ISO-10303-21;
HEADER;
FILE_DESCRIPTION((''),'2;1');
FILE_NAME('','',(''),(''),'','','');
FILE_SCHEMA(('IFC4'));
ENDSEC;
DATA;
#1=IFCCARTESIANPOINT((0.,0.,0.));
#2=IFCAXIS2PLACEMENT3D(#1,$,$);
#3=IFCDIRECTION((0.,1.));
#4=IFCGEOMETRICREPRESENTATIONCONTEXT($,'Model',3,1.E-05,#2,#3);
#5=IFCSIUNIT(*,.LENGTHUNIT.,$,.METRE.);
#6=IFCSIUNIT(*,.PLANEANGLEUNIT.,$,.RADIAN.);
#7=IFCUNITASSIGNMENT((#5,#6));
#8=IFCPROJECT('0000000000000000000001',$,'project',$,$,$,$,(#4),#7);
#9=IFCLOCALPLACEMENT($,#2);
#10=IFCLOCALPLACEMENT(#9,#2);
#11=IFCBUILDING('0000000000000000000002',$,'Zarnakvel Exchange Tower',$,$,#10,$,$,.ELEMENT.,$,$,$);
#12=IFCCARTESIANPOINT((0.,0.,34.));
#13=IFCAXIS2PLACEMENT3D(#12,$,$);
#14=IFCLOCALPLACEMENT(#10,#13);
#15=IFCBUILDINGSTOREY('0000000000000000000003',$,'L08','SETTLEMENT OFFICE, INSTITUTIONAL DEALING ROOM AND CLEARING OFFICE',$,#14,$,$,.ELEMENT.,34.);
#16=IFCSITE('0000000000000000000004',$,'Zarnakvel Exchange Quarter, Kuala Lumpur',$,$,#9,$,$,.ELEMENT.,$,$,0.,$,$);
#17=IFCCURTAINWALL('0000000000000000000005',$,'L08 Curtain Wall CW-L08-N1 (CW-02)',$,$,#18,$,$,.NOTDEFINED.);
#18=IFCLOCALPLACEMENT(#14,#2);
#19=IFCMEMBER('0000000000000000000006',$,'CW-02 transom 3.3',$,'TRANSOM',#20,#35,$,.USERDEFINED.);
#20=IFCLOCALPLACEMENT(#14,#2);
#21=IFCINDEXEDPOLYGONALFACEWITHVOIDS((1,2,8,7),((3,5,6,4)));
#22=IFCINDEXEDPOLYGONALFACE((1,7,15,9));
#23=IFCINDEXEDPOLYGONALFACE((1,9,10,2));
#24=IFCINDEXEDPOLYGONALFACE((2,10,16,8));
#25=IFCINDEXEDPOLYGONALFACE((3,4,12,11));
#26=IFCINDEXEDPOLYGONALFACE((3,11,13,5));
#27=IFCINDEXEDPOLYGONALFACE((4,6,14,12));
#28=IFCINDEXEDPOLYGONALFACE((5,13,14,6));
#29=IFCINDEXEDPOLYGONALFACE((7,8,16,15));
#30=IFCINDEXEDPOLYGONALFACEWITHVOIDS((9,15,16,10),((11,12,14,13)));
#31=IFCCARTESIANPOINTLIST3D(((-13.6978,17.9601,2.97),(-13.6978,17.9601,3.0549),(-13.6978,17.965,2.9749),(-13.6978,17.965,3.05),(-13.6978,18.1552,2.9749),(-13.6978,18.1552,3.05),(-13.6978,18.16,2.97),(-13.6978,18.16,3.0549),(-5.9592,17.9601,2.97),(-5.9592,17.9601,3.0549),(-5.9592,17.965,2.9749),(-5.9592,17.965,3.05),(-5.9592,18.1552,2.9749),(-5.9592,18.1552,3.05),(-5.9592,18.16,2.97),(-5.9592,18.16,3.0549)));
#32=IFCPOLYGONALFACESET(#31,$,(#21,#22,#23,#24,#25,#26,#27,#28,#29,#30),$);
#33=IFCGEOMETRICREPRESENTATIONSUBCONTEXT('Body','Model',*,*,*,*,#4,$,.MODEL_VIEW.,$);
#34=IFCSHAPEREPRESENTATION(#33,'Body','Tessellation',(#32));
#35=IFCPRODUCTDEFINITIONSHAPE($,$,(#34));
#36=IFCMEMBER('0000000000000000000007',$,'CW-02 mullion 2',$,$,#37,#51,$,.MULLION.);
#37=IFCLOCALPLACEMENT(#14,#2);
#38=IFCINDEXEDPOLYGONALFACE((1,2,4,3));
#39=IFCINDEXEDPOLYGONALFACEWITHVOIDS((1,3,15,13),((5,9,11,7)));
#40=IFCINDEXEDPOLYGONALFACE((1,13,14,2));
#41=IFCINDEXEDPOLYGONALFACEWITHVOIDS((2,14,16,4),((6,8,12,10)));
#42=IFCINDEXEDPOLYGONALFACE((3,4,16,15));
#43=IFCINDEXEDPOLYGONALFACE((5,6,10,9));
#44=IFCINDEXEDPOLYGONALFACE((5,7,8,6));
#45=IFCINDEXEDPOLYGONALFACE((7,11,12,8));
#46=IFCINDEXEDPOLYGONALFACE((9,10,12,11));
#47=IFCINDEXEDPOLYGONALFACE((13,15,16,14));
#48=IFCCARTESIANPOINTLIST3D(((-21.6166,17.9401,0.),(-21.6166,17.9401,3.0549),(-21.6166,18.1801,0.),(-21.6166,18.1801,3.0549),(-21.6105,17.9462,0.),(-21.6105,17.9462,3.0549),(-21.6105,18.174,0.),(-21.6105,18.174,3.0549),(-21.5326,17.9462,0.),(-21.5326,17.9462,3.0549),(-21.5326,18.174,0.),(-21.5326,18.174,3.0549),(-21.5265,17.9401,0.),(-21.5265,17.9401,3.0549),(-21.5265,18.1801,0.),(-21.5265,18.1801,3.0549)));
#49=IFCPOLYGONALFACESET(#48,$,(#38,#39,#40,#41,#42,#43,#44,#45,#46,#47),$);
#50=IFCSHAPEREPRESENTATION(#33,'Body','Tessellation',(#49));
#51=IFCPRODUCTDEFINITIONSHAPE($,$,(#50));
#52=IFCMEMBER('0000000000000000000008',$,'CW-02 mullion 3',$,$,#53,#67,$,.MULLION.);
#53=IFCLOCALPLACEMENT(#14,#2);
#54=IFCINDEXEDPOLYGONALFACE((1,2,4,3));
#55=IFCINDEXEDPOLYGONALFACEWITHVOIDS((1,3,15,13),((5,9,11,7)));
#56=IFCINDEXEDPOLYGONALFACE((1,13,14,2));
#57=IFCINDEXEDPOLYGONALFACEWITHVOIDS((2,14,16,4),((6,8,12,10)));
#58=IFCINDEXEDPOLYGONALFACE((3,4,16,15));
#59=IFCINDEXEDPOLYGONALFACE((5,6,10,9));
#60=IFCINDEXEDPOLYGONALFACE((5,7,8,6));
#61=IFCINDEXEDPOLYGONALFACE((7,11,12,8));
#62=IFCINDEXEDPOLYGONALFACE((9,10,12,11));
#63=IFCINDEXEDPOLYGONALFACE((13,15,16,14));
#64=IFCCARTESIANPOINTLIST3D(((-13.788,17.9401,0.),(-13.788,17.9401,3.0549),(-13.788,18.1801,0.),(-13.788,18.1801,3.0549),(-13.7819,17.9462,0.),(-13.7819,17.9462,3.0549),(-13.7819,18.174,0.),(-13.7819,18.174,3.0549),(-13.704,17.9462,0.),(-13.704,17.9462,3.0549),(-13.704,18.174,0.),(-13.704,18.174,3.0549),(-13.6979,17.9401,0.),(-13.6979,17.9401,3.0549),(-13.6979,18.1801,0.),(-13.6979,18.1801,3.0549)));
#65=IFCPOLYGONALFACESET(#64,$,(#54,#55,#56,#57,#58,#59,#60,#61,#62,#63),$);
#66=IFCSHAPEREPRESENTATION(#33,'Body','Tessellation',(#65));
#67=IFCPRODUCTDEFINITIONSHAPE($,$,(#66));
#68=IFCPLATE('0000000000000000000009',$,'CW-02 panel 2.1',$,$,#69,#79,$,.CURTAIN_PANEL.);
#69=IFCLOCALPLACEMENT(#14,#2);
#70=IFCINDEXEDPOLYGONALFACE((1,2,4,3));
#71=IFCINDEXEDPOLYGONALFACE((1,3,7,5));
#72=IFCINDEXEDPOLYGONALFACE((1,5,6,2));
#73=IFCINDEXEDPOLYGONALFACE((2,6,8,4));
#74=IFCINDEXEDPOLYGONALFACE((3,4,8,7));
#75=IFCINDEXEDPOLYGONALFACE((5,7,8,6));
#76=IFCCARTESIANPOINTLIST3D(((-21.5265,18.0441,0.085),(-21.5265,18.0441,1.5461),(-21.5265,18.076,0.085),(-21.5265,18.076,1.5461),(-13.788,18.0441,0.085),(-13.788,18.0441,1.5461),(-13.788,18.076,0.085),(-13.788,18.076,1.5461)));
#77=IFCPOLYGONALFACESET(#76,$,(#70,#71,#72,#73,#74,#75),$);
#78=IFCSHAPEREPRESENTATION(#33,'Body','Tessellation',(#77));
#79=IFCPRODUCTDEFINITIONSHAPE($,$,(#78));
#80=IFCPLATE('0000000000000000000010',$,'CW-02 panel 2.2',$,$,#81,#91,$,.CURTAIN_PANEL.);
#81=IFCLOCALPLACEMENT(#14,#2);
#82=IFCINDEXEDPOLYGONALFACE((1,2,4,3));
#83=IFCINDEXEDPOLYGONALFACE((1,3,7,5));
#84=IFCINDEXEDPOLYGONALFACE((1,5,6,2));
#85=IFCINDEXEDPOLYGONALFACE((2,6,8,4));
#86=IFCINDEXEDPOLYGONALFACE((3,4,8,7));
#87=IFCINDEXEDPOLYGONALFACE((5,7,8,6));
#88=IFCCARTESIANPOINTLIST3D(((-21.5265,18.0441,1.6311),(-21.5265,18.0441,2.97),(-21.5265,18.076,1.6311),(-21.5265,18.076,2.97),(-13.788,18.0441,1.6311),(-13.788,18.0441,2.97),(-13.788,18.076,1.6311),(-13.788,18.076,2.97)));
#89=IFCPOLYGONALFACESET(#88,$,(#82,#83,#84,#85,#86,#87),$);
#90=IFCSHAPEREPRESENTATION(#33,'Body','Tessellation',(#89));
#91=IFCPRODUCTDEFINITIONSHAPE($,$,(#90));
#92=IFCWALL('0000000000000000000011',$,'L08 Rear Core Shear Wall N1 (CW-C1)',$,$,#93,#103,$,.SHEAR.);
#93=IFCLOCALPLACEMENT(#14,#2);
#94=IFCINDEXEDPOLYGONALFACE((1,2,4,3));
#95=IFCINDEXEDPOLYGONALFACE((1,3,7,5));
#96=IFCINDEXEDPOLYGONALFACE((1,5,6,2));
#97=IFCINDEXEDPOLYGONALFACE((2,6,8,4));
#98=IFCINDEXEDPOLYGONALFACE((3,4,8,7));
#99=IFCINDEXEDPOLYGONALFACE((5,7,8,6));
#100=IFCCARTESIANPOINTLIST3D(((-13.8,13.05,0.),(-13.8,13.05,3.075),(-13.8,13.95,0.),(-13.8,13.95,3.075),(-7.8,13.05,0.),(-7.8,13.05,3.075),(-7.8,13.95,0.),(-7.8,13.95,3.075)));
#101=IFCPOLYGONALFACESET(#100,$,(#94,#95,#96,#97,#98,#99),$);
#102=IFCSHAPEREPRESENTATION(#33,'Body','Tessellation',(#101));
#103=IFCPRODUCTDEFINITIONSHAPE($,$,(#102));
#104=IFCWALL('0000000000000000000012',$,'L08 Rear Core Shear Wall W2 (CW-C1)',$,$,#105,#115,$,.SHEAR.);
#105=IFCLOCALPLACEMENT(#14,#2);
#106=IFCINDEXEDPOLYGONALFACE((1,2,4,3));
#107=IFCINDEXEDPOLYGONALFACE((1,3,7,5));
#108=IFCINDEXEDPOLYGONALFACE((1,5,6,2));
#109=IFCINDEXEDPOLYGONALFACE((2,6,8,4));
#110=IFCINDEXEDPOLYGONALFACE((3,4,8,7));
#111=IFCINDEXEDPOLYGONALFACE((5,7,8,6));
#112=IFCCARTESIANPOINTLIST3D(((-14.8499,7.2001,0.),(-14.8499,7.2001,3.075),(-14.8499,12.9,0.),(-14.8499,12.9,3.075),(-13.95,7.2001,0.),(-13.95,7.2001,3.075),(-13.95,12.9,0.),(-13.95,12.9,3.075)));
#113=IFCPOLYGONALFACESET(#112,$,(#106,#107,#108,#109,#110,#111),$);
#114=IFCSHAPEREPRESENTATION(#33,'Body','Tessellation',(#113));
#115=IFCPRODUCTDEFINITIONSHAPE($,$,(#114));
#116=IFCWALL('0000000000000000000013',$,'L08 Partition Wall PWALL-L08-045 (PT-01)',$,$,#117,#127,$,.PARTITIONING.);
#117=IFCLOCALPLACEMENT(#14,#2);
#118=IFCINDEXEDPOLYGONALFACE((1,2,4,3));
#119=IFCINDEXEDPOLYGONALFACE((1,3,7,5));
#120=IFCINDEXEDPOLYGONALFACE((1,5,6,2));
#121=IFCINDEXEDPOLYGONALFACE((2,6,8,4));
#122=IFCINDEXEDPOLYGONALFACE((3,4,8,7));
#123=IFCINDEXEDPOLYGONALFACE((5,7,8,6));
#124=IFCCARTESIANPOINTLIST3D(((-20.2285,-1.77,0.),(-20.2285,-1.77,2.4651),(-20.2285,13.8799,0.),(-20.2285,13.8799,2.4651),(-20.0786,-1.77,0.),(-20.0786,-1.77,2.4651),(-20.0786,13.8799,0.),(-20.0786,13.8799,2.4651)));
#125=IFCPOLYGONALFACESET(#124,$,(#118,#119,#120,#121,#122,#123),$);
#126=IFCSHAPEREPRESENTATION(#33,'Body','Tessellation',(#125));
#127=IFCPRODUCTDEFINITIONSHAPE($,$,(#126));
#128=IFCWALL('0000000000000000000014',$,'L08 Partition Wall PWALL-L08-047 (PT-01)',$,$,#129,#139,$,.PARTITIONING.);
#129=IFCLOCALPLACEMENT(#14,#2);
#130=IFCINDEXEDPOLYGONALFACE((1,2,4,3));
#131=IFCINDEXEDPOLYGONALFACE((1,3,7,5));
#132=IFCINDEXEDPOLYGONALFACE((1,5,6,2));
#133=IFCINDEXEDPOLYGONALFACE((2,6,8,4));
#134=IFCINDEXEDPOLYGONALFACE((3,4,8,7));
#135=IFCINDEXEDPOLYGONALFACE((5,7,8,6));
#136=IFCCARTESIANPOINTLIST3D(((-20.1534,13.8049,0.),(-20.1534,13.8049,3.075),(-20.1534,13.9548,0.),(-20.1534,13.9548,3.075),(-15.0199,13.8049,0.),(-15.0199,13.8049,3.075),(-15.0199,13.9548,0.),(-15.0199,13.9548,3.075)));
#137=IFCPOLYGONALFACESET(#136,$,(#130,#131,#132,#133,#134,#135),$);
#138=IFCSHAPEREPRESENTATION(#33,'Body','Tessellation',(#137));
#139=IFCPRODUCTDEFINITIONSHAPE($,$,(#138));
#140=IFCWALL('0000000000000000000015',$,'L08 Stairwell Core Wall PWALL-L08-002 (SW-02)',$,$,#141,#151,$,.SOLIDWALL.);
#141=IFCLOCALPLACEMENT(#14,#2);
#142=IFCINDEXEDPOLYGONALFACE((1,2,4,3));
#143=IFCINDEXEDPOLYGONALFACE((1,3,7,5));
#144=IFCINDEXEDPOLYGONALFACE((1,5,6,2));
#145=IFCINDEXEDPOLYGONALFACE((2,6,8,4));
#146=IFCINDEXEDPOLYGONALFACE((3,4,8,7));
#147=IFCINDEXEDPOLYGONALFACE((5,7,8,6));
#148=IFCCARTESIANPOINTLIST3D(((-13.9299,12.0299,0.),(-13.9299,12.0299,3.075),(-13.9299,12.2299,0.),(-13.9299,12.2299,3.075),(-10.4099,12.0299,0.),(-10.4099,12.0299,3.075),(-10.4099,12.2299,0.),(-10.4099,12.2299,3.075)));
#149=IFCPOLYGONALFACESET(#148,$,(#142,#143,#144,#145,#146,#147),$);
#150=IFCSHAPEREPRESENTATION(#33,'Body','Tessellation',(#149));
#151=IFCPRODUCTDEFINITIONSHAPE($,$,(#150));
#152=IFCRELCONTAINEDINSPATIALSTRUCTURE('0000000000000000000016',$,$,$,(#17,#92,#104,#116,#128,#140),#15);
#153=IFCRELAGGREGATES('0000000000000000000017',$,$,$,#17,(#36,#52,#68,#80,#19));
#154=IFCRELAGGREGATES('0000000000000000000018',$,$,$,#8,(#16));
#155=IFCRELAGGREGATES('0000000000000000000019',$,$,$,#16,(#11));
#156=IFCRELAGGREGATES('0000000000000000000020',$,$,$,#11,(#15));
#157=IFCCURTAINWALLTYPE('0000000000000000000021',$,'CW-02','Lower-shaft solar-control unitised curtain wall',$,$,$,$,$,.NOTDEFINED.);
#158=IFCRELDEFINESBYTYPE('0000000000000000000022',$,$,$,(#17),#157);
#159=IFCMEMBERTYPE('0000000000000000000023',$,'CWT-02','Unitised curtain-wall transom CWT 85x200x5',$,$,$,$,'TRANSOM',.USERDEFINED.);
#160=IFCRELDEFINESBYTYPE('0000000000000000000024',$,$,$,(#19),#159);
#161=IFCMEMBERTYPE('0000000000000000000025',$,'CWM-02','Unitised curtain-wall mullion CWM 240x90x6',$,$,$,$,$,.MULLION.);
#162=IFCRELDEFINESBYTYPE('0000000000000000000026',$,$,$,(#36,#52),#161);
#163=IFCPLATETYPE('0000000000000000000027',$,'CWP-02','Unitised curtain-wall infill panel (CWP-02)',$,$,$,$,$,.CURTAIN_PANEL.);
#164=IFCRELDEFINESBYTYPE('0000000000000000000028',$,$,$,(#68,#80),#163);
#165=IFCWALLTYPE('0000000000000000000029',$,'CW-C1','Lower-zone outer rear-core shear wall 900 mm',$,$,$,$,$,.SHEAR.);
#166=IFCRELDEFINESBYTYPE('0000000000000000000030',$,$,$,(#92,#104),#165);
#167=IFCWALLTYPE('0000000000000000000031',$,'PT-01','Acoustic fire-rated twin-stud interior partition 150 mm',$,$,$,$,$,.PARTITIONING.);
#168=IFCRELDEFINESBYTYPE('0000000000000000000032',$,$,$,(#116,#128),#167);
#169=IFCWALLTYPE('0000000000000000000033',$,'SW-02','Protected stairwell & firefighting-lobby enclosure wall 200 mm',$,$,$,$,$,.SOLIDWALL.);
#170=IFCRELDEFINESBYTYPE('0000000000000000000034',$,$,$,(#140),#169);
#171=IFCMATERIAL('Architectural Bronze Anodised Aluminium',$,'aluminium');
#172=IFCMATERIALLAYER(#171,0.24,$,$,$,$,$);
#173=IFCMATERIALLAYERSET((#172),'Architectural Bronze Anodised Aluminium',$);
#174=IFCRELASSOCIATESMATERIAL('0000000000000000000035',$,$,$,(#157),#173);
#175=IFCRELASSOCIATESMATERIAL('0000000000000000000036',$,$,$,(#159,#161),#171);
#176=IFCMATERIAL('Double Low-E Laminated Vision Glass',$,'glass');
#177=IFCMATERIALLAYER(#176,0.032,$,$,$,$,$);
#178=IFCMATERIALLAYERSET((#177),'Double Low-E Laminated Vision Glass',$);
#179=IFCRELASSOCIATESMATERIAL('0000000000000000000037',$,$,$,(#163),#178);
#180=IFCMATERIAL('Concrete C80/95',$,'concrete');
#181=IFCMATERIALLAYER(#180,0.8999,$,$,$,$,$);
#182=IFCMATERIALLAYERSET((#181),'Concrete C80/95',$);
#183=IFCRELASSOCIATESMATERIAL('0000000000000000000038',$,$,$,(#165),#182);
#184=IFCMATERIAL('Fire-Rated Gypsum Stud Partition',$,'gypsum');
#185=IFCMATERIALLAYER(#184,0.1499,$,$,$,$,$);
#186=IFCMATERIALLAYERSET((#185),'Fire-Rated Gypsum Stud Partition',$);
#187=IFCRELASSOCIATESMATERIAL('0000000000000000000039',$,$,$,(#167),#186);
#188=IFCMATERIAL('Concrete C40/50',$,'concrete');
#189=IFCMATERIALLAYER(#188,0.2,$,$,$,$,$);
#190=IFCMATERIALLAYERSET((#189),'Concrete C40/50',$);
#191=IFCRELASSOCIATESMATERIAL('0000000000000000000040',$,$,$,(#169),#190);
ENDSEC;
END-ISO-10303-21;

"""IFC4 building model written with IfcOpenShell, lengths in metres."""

from ifc_helpers import new_model, si_unit, direction, frame, frame_2d, origin, origin_2d, place, context, subcontext, project, spatial, rectangle, hollow_rectangle, extrude, source, transform, mapped, material, layer, layer_set, material_profile, profile_set, type_object, element, aggregate, save


model = new_model("IFC4")

# Units and contexts
model_context = context("Model", 3, precision=1e-05, world=origin(), true_north=direction((0.0, 1.0)))
body_context = subcontext(model_context, "Body", "Model", "MODEL_VIEW")
ifc_project = project(units=[si_unit("LENGTHUNIT", "METRE"), si_unit("PLANEANGLEUNIT", "RADIAN")], contexts=[model_context])

# Site, building, storey
site_placement = place(None, origin())
site = spatial("IfcSite", under=ifc_project, at=site_placement, Name="Zarnakvel Exchange Quarter, Kuala Lumpur", CompositionType="ELEMENT", RefElevation=0.0)
building_placement = place(site_placement, origin())
building = spatial("IfcBuilding", under=site, at=building_placement, Name="Zarnakvel Exchange Tower", CompositionType="ELEMENT")
storey_placement = place(building_placement, frame((0.0, 0.0, 34.0)))
storey = spatial("IfcBuildingStorey", under=building, at=storey_placement, Name="L08", Description="SETTLEMENT OFFICE, INSTITUTIONAL DEALING ROOM AND CLEARING OFFICE", CompositionType="ELEMENT", Elevation=34.0)

# Shared definitions
ifc_material_1 = material(Name="Concrete C80/95", Category="concrete")

# Curtain wall, members, plates
ifc_material_2 = material(Name="Architectural Bronze Anodised Aluminium", Category="aluminium")
ifc_layer_1 = layer(ifc_material_2, 0.24)
ifc_layer_set_1 = layer_set([ifc_layer_1], Name="Architectural Bronze Anodised Aluminium")
curtain_wall_type = type_object("IfcCurtainWallType", Name="CW-02", Description="Lower-shaft solar-control unitised curtain wall", PredefinedType="NOTDEFINED", material=ifc_layer_set_1)
curtain_wall_placement = place(storey_placement, origin())
curtain_wall = element("IfcCurtainWall", 1, at=curtain_wall_placement, inside=storey, type_object=curtain_wall_type, Name="L08 Curtain Wall CW-L08-N1 (CW-02)", PredefinedType="NOTDEFINED")
ifc_material_profile_1 = material_profile(ifc_material_2, hollow_rectangle(XDim=0.2, YDim=0.085, WallThickness=0.0049, at=origin_2d()))
ifc_profile_set_1 = profile_set([ifc_material_profile_1], Name="Architectural Bronze Anodised Aluminium")
member_type_1 = type_object("IfcMemberType", Name="CWT-02", Description="Unitised curtain-wall transom CWT 85x200x5", ElementType="TRANSOM", PredefinedType="USERDEFINED", material=ifc_profile_set_1)
shared_shape_1 = source(origin(), body_context, "Body", "SweptSolid", [
    extrude(hollow_rectangle(XDim=0.2, YDim=0.085, WallThickness=0.0049, at=origin_2d()), origin(), (0.0, 0.0, 1.0), 7.7385),
])
member_1_placement = place(storey_placement, frame((-13.6978, 18.0601, 3.0125), z_axis=(1.0, 0.0, 0.0), x_axis=(0.0, 1.0, 0.0)))
member_1 = element("IfcMember", 2, at=member_1_placement, type_object=member_type_1, Name="CW-02 transom 3.3", ObjectType="TRANSOM", PredefinedType="USERDEFINED", context=body_context, shape_type="MappedRepresentation", body=[
    mapped(shared_shape_1, transform((0.0, 0.0, 0.0), x_axis=(1.0, 0.0, 0.0), y_axis=(0.0, 1.0, 0.0), z_axis=(0.0, 0.0, 1.0), scale=1.0)),
])
ifc_material_profile_2 = material_profile(ifc_material_2, hollow_rectangle(XDim=0.24, YDim=0.0901, WallThickness=0.0061, at=origin_2d()))
ifc_profile_set_2 = profile_set([ifc_material_profile_2], Name="Architectural Bronze Anodised Aluminium")
member_type_2 = type_object("IfcMemberType", Name="CWM-02", Description="Unitised curtain-wall mullion CWM 240x90x6", PredefinedType="MULLION", material=ifc_profile_set_2)
shared_shape_2 = source(origin(), body_context, "Body", "SweptSolid", [
    extrude(hollow_rectangle(XDim=0.24, YDim=0.0901, WallThickness=0.0061, at=origin_2d()), origin(), (0.0, 0.0, 1.0), 3.0549),
])
member_2_placement = place(storey_placement, frame((-21.5715, 18.0601, 0.0), z_axis=(0.0, 0.0, 1.0), x_axis=(0.0, 1.0, 0.0)))
member_2 = element("IfcMember", 3, at=member_2_placement, type_object=member_type_2, Name="CW-02 mullion 2", PredefinedType="MULLION", context=body_context, shape_type="MappedRepresentation", body=[
    mapped(shared_shape_2, transform((0.0, 0.0, 0.0), x_axis=(1.0, 0.0, 0.0), y_axis=(0.0, 1.0, 0.0), z_axis=(0.0, 0.0, 1.0), scale=1.0)),
])
member_3_placement = place(storey_placement, frame((-13.7429, 18.0601, 0.0), z_axis=(0.0, 0.0, 1.0), x_axis=(0.0, 1.0, 0.0)))
member_3 = element("IfcMember", 4, at=member_3_placement, type_object=member_type_2, Name="CW-02 mullion 3", PredefinedType="MULLION", context=body_context, shape_type="MappedRepresentation", body=[
    mapped(shared_shape_2, transform((0.0, 0.0, 0.0), x_axis=(1.0, 0.0, 0.0), y_axis=(0.0, 1.0, 0.0), z_axis=(0.0, 0.0, 1.0), scale=1.0)),
])
ifc_material_3 = material(Name="Double Low-E Laminated Vision Glass", Category="glass")
ifc_layer_2 = layer(ifc_material_3, 0.032)
ifc_layer_set_2 = layer_set([ifc_layer_2], Name="Double Low-E Laminated Vision Glass")
plate_type = type_object("IfcPlateType", Name="CWP-02", Description="Unitised curtain-wall infill panel (CWP-02)", PredefinedType="CURTAIN_PANEL", material=ifc_layer_set_2)
shared_shape_3 = source(origin(), body_context, "Body", "SweptSolid", [
    extrude(rectangle(XDim=7.7385, YDim=0.032, at=origin_2d()), origin(), (0.0, 0.0, 1.0), 1.4612),
])
plate_1_placement = place(storey_placement, frame((-17.6572, 18.0601, 0.085), z_axis=(0.0, 0.0, 1.0), x_axis=(1.0, 0.0, 0.0)))
plate_1 = element("IfcPlate", 5, at=plate_1_placement, type_object=plate_type, Name="CW-02 panel 2.1", PredefinedType="CURTAIN_PANEL", context=body_context, shape_type="MappedRepresentation", body=[
    mapped(shared_shape_3, transform((0.0, 0.0, 0.0), x_axis=(1.0, 0.0, 0.0), y_axis=(0.0, 1.0, 0.0), z_axis=(0.0, 0.0, 1.0), scale=1.0)),
])
shared_shape_4 = source(origin(), body_context, "Body", "SweptSolid", [
    extrude(rectangle(XDim=7.7385, YDim=0.032, at=origin_2d()), origin(), (0.0, 0.0, 1.0), 1.3389),
])
plate_2_placement = place(storey_placement, frame((-17.6572, 18.0601, 1.6311), z_axis=(0.0, 0.0, 1.0), x_axis=(1.0, 0.0, 0.0)))
plate_2 = element("IfcPlate", 6, at=plate_2_placement, type_object=plate_type, Name="CW-02 panel 2.2", PredefinedType="CURTAIN_PANEL", context=body_context, shape_type="MappedRepresentation", body=[
    mapped(shared_shape_4, transform((0.0, 0.0, 0.0), x_axis=(1.0, 0.0, 0.0), y_axis=(0.0, 1.0, 0.0), z_axis=(0.0, 0.0, 1.0), scale=1.0)),
])
aggregate(curtain_wall, [member_2, member_3, plate_1, plate_2, member_1])

# Walls
ifc_layer_3 = layer(ifc_material_1, 0.8999)
ifc_layer_set_3 = layer_set([ifc_layer_3], Name="Concrete C80/95")
wall_type_1 = type_object("IfcWallType", Name="CW-C1", Description="Lower-zone outer rear-core shear wall 900 mm", PredefinedType="SHEAR", material=ifc_layer_set_3)
wall_1_placement = place(storey_placement, frame((-13.8, 13.5, 0.0), z_axis=(0.0, 0.0, 1.0), x_axis=(1.0, 0.0, 0.0)))
element("IfcWall", 7, at=wall_1_placement, inside=storey, type_object=wall_type_1, Name="L08 Rear Core Shear Wall N1 (CW-C1)", PredefinedType="SHEAR", context=body_context, shape_type="SweptSolid", body=[
    extrude(rectangle(XDim=6.0, YDim=0.8999, at=frame_2d((3.0, 0.0))), origin(), (0.0, 0.0, 1.0), 3.075),
])
wall_2_placement = place(storey_placement, frame((-14.3999, 7.2, 0.0), z_axis=(0.0, 0.0, 1.0), x_axis=(0.0, 1.0, 0.0)))
element("IfcWall", 8, at=wall_2_placement, inside=storey, type_object=wall_type_1, Name="L08 Rear Core Shear Wall W2 (CW-C1)", PredefinedType="SHEAR", context=body_context, shape_type="SweptSolid", body=[
    extrude(rectangle(XDim=5.7, YDim=0.8999, at=frame_2d((2.8501, 0.0))), origin(), (0.0, 0.0, 1.0), 3.075),
])
ifc_material_4 = material(Name="Fire-Rated Gypsum Stud Partition", Category="gypsum")
ifc_layer_4 = layer(ifc_material_4, 0.1499)
ifc_layer_set_4 = layer_set([ifc_layer_4], Name="Fire-Rated Gypsum Stud Partition")
wall_type_2 = type_object("IfcWallType", Name="PT-01", Description="Acoustic fire-rated twin-stud interior partition 150 mm", PredefinedType="PARTITIONING", material=ifc_layer_set_4)
wall_3_placement = place(storey_placement, frame((-20.1536, 13.8799, 0.0), z_axis=(0.0, 0.0, 1.0), x_axis=(0.0, -1.0, 0.0)))
element("IfcWall", 9, at=wall_3_placement, inside=storey, type_object=wall_type_2, Name="L08 Partition Wall PWALL-L08-045 (PT-01)", PredefinedType="PARTITIONING", context=body_context, shape_type="SweptSolid", body=[
    extrude(rectangle(XDim=15.6499, YDim=0.1499, at=frame_2d((7.825, 0.0))), origin(), (0.0, 0.0, 1.0), 2.4651),
])
wall_4_placement = place(storey_placement, frame((-20.1536, 13.8799, 0.0), z_axis=(0.0, 0.0, 1.0), x_axis=(1.0, 0.0, 0.0)))
element("IfcWall", 10, at=wall_4_placement, inside=storey, type_object=wall_type_2, Name="L08 Partition Wall PWALL-L08-047 (PT-01)", PredefinedType="PARTITIONING", context=body_context, shape_type="SweptSolid", body=[
    extrude(rectangle(XDim=5.1335, YDim=0.1499, at=frame_2d((2.5669, 0.0))), origin(), (0.0, 0.0, 1.0), 3.075),
])
ifc_material_5 = material(Name="Concrete C40/50", Category="concrete")
ifc_layer_5 = layer(ifc_material_5, 0.2)
ifc_layer_set_5 = layer_set([ifc_layer_5], Name="Concrete C40/50")
wall_type_3 = type_object("IfcWallType", Name="SW-02", Description="Protected stairwell & firefighting-lobby enclosure wall 200 mm", PredefinedType="SOLIDWALL", material=ifc_layer_set_5)
wall_5_placement = place(storey_placement, frame((-13.9299, 12.1299, 0.0), z_axis=(0.0, 0.0, 1.0), x_axis=(1.0, 0.0, 0.0)))
element("IfcWall", 11, at=wall_5_placement, inside=storey, type_object=wall_type_3, Name="L08 Stairwell Core Wall PWALL-L08-002 (SW-02)", PredefinedType="SOLIDWALL", context=body_context, shape_type="SweptSolid", body=[
    extrude(rectangle(XDim=3.52, YDim=0.2, at=frame_2d((1.76, 0.0))), origin(), (0.0, 0.0, 1.0), 3.075),
])

save(model, "model.ifc")
